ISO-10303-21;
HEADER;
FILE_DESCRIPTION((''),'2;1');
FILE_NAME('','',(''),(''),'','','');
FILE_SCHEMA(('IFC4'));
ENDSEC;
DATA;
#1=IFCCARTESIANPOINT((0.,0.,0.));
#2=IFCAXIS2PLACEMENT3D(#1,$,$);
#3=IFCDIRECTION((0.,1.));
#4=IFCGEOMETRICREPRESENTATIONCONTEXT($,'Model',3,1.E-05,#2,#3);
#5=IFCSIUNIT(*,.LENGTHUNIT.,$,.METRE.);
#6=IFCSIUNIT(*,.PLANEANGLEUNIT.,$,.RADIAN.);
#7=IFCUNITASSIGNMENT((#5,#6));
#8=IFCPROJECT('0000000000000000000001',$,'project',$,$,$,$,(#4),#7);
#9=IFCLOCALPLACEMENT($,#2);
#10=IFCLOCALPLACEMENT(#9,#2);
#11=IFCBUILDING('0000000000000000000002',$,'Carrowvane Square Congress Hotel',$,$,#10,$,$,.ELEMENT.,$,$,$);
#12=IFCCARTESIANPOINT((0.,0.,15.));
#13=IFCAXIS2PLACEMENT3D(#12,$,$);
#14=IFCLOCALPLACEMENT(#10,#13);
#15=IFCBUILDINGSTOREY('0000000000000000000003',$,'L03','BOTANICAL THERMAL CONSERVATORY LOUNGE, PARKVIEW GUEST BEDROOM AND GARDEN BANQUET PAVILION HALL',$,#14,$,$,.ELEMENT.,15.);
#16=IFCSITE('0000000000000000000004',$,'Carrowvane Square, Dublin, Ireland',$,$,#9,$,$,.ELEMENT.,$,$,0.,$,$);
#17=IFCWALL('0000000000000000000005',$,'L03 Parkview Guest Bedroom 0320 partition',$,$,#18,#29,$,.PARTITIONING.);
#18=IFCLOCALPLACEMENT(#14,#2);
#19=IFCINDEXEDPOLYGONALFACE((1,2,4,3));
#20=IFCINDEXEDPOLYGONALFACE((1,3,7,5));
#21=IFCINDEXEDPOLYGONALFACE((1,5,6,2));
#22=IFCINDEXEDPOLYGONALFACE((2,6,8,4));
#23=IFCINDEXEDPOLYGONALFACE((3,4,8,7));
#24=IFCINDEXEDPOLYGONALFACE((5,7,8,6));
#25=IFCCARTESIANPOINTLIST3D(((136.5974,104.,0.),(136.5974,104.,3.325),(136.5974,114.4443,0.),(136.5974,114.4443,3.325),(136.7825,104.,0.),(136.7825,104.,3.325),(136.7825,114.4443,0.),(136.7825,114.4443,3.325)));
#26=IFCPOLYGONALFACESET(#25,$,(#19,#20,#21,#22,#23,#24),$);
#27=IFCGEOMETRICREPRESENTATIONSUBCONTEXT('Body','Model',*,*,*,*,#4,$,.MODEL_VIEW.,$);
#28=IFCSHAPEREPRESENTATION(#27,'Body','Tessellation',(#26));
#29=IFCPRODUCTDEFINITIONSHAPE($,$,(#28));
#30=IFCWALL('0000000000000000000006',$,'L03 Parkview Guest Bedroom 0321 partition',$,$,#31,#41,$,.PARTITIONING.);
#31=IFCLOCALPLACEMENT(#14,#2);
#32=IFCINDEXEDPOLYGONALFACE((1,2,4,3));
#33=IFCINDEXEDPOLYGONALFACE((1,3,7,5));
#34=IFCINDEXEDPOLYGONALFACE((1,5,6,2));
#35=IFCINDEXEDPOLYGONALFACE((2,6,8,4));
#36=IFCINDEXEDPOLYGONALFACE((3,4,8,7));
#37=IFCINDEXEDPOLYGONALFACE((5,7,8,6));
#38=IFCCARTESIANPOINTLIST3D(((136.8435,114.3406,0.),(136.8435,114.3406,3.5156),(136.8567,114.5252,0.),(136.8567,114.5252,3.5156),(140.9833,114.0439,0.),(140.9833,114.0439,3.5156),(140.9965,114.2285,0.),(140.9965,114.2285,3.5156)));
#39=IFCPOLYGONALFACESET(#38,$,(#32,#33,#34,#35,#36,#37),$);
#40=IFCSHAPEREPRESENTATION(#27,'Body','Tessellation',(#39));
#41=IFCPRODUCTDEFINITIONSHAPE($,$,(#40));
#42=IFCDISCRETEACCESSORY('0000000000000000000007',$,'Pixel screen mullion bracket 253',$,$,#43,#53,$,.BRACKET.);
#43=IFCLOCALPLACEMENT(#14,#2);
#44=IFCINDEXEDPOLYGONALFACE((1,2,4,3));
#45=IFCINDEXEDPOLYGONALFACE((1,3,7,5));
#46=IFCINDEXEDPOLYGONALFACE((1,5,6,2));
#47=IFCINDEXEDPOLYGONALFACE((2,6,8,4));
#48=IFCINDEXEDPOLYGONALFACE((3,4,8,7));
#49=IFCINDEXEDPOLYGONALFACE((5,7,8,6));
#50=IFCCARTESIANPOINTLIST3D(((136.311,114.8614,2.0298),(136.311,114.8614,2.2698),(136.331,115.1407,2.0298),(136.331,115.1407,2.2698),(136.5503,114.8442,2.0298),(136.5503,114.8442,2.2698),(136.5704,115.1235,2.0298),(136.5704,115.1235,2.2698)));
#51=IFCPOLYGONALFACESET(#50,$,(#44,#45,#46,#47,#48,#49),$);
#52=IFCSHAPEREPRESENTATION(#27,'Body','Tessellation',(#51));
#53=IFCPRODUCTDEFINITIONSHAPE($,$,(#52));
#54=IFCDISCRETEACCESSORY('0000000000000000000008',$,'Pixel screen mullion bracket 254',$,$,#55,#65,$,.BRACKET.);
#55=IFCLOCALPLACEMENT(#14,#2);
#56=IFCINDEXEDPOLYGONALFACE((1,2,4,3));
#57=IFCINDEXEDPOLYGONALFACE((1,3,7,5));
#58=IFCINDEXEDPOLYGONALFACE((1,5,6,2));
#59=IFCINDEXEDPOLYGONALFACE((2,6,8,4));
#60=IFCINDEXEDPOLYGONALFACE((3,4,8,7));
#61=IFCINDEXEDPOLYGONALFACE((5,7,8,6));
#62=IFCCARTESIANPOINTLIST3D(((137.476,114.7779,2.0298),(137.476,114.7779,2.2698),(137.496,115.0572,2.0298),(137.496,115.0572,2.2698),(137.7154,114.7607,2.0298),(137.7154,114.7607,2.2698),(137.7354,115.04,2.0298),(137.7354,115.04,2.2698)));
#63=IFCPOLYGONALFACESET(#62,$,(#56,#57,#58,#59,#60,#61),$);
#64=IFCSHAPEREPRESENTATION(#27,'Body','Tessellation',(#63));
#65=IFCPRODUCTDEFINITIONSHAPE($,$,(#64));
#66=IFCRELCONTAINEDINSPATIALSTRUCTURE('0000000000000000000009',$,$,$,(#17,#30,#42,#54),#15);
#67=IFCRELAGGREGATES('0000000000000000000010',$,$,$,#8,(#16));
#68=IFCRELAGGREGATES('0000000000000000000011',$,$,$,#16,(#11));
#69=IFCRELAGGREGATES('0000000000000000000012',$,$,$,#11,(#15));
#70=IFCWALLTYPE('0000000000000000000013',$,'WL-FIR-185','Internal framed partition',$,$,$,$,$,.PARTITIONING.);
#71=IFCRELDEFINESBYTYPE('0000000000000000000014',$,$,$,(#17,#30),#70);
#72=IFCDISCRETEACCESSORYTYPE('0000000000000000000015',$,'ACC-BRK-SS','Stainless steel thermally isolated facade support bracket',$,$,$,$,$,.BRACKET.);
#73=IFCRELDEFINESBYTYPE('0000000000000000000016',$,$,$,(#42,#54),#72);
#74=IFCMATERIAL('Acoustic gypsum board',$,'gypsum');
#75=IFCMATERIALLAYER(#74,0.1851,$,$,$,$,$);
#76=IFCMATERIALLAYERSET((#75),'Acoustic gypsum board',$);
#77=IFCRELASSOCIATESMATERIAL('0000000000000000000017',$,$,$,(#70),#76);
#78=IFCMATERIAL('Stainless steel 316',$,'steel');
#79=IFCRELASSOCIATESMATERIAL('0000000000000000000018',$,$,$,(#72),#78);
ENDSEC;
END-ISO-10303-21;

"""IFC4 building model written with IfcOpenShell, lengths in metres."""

from ifc_helpers import new_model, si_unit, direction, frame, frame_2d, origin, origin_2d, place, context, subcontext, project, spatial, rectangle, extrude, material, layer, layer_set, type_object, element, save


model = new_model("IFC4")

# Units and contexts
model_context = context("Model", 3, precision=1e-05, world=origin(), true_north=direction((0.0, 1.0)))
body_context = subcontext(model_context, "Body", "Model", "MODEL_VIEW")
ifc_project = project(units=[si_unit("LENGTHUNIT", "METRE"), si_unit("PLANEANGLEUNIT", "RADIAN")], contexts=[model_context])

# Site, building, storey
site_placement = place(None, origin())
site = spatial("IfcSite", under=ifc_project, at=site_placement, Name="Carrowvane Square, Dublin, Ireland", CompositionType="ELEMENT", RefElevation=0.0)
building_placement = place(site_placement, origin())
building = spatial("IfcBuilding", under=site, at=building_placement, Name="Carrowvane Square Congress Hotel", CompositionType="ELEMENT")
storey_placement = place(building_placement, frame((0.0, 0.0, 15.0)))
storey = spatial("IfcBuildingStorey", under=building, at=storey_placement, Name="L03", Description="BOTANICAL THERMAL CONSERVATORY LOUNGE, PARKVIEW GUEST BEDROOM AND GARDEN BANQUET PAVILION HALL", CompositionType="ELEMENT", Elevation=15.0)

# Walls
ifc_material_1 = material(Name="Acoustic gypsum board", Category="gypsum")
ifc_layer_1 = layer(ifc_material_1, 0.1851)
ifc_layer_set_1 = layer_set([ifc_layer_1], Name="Acoustic gypsum board")
wall_type = type_object("IfcWallType", Name="WL-FIR-185", Description="Internal framed partition", PredefinedType="PARTITIONING", material=ifc_layer_set_1)
wall_1_placement = place(storey_placement, frame((136.6899, 114.4443, 0.0), z_axis=(0.0, 0.0, 1.0), x_axis=(0.0, -1.0, 0.0)))
element("IfcWall", 1, at=wall_1_placement, inside=storey, type_object=wall_type, Name="L03 Parkview Guest Bedroom 0320 partition", PredefinedType="PARTITIONING", context=body_context, shape_type="SweptSolid", body=[
    extrude(rectangle(XDim=10.4443, YDim=0.1851, at=frame_2d((5.2222, 0.0))), origin(), (0.0, 0.0, 1.0), 3.325),
])
wall_2_placement = place(storey_placement, frame((136.8501, 114.4329, 0.0), z_axis=(0.0, 0.0, 1.0), x_axis=(0.997443, -0.071469, 0.0)))
element("IfcWall", 2, at=wall_2_placement, inside=storey, type_object=wall_type, Name="L03 Parkview Guest Bedroom 0321 partition", PredefinedType="PARTITIONING", context=body_context, shape_type="SweptSolid", body=[
    extrude(rectangle(XDim=4.1504, YDim=0.1851, at=frame_2d((2.0752, 0.0))), origin(), (0.0, 0.0, 1.0), 3.5156),
])

# Discrete accessories
ifc_material_2 = material(Name="Stainless steel 316", Category="steel")
discrete_accessory_type = type_object("IfcDiscreteAccessoryType", Name="ACC-BRK-SS", Description="Stainless steel thermally isolated facade support bracket", PredefinedType="BRACKET", material=ifc_material_2)
for number, where, z_axis, x_axis, name in (
    (3, (136.4407, 114.9924, 2.0298), (0.0, 0.0, 1.0), (0.997438, -0.071533, 0.0), "Pixel screen mullion bracket 253"),
    (4, (137.6057, 114.9089, 2.0298), (0.0, 0.0, 1.0), (0.997438, -0.071533, 0.0), "Pixel screen mullion bracket 254"),
):
    element("IfcDiscreteAccessory", number, at=place(storey_placement, frame(where, z_axis=z_axis, x_axis=x_axis)), inside=storey, type_object=discrete_accessory_type, Name=name, PredefinedType="BRACKET", context=body_context, shape_type="SweptSolid", body=[
        extrude(rectangle(XDim=0.24, YDim=0.28, at=origin_2d()), origin(), (0.0, 0.0, 1.0), 0.24),
    ])

save(model, "model.ifc")
